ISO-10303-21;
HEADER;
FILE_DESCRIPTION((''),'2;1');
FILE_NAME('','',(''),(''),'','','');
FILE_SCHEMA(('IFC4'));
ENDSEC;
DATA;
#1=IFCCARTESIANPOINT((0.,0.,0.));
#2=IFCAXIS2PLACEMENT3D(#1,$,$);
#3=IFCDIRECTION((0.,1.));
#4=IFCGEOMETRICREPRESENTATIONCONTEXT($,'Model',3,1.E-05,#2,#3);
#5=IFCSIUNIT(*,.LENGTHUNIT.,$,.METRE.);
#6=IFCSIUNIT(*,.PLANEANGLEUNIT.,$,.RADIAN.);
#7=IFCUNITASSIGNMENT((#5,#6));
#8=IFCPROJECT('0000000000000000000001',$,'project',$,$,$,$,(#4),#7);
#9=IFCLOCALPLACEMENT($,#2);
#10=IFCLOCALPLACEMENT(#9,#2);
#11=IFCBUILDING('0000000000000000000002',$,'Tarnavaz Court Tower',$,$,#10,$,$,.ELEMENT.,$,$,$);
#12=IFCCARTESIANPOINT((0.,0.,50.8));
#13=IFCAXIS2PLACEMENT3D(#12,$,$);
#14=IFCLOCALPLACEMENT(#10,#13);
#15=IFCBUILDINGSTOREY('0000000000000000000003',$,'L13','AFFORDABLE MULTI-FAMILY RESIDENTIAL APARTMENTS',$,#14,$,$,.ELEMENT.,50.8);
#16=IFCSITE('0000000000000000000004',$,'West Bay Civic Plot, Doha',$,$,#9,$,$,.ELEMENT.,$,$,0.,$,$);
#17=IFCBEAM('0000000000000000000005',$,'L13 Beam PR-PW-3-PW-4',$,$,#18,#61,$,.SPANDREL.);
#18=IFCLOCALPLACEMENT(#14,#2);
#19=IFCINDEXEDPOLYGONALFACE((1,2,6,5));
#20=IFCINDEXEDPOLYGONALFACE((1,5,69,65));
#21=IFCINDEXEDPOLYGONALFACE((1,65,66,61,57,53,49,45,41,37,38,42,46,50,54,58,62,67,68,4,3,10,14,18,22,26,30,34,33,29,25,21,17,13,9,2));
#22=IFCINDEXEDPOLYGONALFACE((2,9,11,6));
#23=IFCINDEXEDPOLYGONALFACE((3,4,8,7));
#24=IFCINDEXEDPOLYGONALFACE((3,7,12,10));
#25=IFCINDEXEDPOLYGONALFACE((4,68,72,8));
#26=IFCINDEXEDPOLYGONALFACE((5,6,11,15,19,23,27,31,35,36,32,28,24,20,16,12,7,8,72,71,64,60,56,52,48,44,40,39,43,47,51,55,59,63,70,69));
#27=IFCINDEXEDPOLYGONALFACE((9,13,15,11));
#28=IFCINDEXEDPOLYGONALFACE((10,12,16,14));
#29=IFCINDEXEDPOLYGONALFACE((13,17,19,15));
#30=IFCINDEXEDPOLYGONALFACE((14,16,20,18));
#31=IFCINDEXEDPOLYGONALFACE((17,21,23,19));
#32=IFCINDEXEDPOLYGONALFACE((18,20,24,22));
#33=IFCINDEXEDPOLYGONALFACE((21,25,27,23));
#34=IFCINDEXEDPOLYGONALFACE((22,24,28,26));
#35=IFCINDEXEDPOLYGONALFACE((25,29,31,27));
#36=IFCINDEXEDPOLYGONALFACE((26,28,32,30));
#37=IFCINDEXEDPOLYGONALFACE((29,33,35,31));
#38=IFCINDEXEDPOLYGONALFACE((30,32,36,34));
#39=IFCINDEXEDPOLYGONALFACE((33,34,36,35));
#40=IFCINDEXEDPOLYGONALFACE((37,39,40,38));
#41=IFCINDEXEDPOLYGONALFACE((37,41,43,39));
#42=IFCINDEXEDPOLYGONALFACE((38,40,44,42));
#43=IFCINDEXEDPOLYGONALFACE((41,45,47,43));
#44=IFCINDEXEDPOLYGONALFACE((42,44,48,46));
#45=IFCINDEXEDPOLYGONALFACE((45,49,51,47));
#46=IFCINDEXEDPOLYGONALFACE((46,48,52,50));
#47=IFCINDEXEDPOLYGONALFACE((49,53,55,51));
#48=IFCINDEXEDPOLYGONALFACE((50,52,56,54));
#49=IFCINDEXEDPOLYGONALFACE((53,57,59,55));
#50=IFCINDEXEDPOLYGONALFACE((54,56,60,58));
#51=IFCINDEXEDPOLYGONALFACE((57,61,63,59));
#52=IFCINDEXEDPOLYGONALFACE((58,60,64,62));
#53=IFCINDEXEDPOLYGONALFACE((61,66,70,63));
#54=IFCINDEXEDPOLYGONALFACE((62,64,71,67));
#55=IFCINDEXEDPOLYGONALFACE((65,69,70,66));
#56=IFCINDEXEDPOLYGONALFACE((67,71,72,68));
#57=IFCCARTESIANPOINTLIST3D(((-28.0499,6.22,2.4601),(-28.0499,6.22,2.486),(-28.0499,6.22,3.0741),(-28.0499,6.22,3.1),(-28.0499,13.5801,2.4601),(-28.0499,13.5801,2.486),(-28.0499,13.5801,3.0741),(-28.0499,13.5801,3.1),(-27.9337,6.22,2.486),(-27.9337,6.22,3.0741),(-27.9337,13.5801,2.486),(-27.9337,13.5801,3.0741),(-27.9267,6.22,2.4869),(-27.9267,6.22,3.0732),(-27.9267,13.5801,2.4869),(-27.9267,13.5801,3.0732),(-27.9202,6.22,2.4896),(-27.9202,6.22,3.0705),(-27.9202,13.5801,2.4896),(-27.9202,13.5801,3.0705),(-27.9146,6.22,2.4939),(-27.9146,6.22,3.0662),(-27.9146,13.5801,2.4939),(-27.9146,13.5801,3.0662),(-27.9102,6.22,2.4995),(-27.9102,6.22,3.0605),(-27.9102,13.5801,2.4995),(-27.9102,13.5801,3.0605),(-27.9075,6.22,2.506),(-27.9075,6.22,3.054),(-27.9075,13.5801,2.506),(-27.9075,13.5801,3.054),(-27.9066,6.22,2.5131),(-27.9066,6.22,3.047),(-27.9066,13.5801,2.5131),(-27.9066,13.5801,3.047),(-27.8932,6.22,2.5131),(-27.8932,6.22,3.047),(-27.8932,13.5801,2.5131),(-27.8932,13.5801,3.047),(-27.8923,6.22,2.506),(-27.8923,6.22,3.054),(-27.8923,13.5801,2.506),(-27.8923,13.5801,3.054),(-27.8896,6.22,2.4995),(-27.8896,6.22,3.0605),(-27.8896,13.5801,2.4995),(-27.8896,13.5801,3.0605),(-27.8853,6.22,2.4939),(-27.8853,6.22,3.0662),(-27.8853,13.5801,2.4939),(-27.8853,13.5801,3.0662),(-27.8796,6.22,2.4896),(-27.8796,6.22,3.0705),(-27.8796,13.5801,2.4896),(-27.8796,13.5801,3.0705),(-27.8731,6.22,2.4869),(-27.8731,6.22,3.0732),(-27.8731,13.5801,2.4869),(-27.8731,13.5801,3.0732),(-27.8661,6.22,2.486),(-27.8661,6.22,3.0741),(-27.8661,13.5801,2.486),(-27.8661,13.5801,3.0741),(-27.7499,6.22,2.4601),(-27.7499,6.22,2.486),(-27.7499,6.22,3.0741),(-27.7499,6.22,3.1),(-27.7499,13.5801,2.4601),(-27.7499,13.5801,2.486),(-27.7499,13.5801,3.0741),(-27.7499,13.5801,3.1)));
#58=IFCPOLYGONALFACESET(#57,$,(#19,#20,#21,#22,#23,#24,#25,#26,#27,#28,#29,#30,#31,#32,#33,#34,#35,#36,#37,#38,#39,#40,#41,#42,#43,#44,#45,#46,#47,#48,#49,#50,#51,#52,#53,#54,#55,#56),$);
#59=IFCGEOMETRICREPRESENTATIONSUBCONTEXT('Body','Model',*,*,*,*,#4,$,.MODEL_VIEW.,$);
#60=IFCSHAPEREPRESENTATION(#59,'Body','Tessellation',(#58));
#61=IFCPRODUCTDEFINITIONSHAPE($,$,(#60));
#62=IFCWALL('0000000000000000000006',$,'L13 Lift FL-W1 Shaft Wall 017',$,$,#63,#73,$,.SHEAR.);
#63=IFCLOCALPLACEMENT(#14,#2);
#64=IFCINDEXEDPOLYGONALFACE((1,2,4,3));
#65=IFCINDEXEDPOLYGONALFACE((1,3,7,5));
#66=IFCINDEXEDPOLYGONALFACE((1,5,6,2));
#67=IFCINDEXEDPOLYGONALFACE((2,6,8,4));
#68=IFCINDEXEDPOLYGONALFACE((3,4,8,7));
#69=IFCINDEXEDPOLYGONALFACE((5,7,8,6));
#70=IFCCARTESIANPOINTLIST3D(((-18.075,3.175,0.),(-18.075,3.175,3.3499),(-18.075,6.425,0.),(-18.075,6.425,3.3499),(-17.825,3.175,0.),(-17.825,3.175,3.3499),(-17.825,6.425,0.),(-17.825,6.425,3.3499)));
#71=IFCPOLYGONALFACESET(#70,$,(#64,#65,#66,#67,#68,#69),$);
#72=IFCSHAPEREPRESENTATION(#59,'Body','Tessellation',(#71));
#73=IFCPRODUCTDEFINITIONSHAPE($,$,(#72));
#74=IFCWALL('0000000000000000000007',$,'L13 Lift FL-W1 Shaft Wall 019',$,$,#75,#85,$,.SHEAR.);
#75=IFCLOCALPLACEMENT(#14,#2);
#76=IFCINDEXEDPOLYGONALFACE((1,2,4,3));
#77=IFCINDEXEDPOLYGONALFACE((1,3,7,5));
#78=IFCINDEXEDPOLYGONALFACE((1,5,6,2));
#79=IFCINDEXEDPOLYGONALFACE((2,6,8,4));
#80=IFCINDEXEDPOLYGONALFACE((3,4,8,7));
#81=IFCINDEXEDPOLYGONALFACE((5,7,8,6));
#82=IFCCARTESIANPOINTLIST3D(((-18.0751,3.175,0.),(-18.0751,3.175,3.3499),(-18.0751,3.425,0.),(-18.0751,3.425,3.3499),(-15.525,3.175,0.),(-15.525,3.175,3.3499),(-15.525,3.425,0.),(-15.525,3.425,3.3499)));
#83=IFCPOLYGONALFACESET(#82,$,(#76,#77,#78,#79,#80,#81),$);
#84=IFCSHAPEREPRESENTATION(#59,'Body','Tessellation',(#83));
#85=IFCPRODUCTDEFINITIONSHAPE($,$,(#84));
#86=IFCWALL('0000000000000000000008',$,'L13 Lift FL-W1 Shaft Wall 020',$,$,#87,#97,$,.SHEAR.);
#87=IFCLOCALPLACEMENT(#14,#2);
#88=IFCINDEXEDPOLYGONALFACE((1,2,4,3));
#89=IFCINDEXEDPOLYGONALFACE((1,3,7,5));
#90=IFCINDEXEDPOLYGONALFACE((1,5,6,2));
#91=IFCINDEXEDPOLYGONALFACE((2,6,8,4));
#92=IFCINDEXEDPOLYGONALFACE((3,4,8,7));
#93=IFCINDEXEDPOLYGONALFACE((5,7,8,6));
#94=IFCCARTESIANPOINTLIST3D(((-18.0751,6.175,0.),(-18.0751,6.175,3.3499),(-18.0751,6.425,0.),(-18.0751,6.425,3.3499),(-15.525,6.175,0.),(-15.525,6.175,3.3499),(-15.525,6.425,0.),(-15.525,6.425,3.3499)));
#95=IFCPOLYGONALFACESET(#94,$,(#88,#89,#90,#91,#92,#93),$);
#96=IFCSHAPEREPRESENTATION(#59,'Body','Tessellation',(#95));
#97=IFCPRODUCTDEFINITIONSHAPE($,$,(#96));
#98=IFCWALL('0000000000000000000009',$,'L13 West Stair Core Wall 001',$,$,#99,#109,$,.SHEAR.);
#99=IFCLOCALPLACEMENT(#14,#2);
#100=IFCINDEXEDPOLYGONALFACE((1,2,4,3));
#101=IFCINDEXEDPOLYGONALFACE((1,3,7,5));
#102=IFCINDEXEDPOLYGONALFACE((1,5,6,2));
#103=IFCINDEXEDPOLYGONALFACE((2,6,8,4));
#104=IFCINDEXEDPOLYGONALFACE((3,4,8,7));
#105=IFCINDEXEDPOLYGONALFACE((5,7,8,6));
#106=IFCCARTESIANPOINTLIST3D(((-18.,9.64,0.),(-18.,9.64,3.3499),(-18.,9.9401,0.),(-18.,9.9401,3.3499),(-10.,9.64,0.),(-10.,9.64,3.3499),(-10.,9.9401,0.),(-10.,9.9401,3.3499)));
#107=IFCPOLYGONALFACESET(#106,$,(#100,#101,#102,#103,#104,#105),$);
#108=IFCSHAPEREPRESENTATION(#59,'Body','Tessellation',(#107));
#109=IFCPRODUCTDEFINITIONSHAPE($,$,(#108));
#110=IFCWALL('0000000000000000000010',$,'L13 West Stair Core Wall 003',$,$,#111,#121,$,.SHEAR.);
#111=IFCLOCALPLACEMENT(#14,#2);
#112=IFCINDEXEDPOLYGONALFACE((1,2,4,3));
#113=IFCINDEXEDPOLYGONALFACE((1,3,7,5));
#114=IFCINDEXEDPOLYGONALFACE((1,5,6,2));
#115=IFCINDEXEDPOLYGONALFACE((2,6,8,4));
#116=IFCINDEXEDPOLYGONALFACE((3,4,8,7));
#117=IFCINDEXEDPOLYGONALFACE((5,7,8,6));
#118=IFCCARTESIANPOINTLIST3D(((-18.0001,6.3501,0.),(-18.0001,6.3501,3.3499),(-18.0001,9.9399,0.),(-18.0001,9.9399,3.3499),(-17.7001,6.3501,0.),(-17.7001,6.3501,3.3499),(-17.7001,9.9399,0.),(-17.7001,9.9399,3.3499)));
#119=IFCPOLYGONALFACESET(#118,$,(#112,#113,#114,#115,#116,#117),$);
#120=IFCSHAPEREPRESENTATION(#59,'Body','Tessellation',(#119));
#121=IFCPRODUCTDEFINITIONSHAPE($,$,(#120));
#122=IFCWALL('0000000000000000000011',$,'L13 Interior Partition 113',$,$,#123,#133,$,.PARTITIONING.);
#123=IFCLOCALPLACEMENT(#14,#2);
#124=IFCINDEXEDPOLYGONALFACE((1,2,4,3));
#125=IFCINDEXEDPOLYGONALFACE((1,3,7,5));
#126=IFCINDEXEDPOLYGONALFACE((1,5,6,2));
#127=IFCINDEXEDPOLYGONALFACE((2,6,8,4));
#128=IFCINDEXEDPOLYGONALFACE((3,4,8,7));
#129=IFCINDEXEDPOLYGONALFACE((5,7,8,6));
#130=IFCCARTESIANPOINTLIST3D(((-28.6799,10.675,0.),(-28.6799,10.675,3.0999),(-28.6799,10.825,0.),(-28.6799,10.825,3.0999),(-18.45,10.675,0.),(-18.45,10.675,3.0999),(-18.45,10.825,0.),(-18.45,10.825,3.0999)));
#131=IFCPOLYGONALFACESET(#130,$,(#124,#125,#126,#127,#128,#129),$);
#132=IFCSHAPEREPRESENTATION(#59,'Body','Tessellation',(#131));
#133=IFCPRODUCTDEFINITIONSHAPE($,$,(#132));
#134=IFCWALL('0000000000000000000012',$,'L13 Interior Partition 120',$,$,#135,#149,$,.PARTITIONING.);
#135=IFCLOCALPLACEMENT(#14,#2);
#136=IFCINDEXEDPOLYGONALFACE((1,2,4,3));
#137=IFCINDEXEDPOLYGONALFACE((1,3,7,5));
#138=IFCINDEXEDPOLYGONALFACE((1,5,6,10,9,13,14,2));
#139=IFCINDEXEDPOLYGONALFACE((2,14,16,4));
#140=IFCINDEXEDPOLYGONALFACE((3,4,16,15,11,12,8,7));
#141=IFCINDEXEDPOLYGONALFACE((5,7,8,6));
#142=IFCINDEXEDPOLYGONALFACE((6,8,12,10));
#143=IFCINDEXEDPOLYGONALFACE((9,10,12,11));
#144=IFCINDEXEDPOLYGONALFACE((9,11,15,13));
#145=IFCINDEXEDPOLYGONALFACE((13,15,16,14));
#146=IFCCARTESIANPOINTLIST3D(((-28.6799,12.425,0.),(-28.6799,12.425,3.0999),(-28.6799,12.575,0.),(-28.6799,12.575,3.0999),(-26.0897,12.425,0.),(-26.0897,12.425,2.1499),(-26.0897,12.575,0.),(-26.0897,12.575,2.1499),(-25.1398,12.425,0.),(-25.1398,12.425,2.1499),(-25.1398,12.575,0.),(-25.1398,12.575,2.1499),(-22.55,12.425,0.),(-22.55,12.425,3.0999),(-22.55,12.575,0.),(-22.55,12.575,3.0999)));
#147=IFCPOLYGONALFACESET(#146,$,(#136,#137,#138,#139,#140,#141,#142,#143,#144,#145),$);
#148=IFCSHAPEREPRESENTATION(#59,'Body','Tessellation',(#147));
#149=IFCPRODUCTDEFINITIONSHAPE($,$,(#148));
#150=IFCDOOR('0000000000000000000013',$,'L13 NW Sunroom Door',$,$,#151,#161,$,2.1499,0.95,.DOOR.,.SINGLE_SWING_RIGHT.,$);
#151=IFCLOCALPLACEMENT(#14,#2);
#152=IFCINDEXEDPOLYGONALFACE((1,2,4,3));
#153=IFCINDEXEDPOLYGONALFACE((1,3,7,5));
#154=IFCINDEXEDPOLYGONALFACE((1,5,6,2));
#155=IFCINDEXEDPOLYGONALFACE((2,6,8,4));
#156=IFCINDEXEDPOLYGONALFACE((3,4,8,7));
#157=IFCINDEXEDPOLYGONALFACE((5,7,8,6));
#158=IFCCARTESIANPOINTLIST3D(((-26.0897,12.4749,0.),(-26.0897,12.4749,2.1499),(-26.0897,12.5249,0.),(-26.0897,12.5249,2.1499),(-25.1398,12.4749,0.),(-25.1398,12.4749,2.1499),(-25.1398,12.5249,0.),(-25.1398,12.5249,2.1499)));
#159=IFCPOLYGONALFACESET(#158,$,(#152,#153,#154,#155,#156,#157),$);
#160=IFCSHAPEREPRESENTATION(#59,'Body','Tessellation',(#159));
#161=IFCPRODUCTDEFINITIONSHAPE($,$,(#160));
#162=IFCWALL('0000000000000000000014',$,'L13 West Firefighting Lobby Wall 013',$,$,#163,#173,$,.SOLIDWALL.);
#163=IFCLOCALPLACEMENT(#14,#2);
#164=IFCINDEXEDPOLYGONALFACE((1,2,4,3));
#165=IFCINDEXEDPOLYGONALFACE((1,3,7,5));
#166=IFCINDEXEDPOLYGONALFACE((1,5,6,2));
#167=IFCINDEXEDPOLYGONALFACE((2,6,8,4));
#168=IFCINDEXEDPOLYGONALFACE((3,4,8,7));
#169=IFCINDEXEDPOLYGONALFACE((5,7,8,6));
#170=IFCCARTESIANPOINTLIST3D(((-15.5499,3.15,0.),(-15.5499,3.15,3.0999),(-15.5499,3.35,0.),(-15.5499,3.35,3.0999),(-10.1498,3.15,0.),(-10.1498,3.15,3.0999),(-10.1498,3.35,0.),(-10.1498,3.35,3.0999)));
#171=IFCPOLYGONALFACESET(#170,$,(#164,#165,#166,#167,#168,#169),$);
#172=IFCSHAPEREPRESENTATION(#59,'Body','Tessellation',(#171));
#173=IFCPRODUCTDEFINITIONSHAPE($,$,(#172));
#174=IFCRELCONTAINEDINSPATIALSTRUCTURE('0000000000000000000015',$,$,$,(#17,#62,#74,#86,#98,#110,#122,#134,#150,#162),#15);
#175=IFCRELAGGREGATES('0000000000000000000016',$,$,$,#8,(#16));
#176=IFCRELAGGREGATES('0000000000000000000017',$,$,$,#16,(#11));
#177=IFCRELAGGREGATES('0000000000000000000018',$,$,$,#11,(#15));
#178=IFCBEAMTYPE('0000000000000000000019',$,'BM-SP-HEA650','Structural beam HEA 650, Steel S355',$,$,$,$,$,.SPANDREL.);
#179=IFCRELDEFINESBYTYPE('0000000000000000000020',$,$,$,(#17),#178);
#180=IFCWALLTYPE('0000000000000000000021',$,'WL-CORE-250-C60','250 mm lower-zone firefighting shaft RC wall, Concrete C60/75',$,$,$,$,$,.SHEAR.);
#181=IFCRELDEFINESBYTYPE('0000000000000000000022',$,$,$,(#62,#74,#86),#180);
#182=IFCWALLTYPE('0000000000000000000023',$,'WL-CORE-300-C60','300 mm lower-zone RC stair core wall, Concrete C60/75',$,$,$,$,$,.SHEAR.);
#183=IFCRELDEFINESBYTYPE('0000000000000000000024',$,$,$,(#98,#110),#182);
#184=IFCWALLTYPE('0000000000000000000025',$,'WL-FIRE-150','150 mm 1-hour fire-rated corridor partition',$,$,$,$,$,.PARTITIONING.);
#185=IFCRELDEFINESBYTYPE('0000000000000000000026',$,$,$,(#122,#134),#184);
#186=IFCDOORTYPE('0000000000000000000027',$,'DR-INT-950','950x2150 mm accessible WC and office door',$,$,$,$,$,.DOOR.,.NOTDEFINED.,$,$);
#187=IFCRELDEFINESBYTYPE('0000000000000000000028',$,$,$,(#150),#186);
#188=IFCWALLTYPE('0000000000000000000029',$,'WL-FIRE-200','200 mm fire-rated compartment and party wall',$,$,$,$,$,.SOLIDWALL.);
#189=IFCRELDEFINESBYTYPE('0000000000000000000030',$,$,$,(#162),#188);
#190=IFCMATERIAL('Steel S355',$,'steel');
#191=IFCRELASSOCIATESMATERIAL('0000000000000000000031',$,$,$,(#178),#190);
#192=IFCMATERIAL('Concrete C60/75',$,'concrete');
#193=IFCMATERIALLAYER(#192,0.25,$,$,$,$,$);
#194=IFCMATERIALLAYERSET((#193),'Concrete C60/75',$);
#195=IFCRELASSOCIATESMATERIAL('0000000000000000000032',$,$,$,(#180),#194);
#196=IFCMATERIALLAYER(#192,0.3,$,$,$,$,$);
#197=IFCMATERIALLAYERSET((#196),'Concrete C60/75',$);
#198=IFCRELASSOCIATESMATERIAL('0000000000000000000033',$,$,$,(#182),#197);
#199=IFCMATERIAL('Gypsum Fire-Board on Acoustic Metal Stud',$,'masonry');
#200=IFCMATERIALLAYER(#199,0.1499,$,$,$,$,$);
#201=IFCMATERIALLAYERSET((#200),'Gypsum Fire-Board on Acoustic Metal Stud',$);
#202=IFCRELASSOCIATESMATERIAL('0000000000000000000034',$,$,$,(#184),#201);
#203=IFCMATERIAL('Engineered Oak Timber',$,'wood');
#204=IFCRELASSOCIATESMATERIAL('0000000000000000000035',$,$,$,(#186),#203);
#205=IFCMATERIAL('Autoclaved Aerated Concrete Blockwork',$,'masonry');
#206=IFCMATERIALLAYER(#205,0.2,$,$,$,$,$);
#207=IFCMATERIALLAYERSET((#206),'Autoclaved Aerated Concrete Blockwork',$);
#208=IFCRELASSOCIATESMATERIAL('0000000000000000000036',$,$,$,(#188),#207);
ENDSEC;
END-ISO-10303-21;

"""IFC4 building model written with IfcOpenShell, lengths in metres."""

from ifc_helpers import new_model, si_unit, direction, frame, frame_2d, origin, origin_2d, place, context, subcontext, project, spatial, rectangle, i_section, extrude, material, layer, layer_set, material_profile, profile_set, type_object, element, fill, save


model = new_model("IFC4")

# Units and contexts
model_context = context("Model", 3, precision=1e-05, world=origin(), true_north=direction((0.0, 1.0)))
body_context = subcontext(model_context, "Body", "Model", "MODEL_VIEW")
ifc_project = project(units=[si_unit("LENGTHUNIT", "METRE"), si_unit("PLANEANGLEUNIT", "RADIAN")], contexts=[model_context])

# Site, building, storey
site_placement = place(None, origin())
site = spatial("IfcSite", under=ifc_project, at=site_placement, Name="West Bay Civic Plot, Doha", CompositionType="ELEMENT", RefElevation=0.0)
building_placement = place(site_placement, origin())
building = spatial("IfcBuilding", under=site, at=building_placement, Name="Tarnavaz Court Tower", CompositionType="ELEMENT")
storey_placement = place(building_placement, frame((0.0, 0.0, 50.8)))
storey = spatial("IfcBuildingStorey", under=building, at=storey_placement, Name="L13", Description="AFFORDABLE MULTI-FAMILY RESIDENTIAL APARTMENTS", CompositionType="ELEMENT", Elevation=50.8)

# Shared definitions
ifc_material_1 = material(Name="Concrete C60/75", Category="concrete")

# Beam
ifc_material_2 = material(Name="Steel S355", Category="steel")
ifc_material_profile_1 = material_profile(ifc_material_2, i_section(OverallWidth=0.3, OverallDepth=0.6399, WebThickness=0.0134, FlangeThickness=0.0259, FilletRadius=0.0271, at=origin_2d()), Name="HEA 650")
ifc_profile_set_1 = profile_set([ifc_material_profile_1], Name="Steel S355")
beam_type_1 = type_object("IfcBeamType", Name="BM-SP-HEA650", Description="Structural beam HEA 650, Steel S355", PredefinedType="SPANDREL", material=ifc_profile_set_1)
beam_1_placement = place(storey_placement, frame((-27.8999, 6.22, 2.78), z_axis=(0.0, 1.0, 0.0), x_axis=(-1.0, 0.0, 0.0)))
element("IfcBeam", 1, at=beam_1_placement, inside=storey, type_object=beam_type_1, Name="L13 Beam PR-PW-3-PW-4", PredefinedType="SPANDREL", context=body_context, shape_type="SweptSolid", body=[
    extrude(i_section(OverallWidth=0.3, OverallDepth=0.6399, WebThickness=0.0134, FlangeThickness=0.0259, FilletRadius=0.0271, at=origin_2d()), origin(), (0.0, 0.0, 1.0), 7.3601),
])

# Wall
ifc_layer_1 = layer(ifc_material_1, 0.25)
ifc_layer_set_1 = layer_set([ifc_layer_1], Name="Concrete C60/75")
wall_type_1 = type_object("IfcWallType", Name="WL-CORE-250-C60", Description="250 mm lower-zone firefighting shaft RC wall, Concrete C60/75", PredefinedType="SHEAR", material=ifc_layer_set_1)
wall_1_placement = place(storey_placement, frame((-17.95, 3.175, 0.0), z_axis=(0.0, 0.0, 1.0), x_axis=(0.0, 1.0, 0.0)))
element("IfcWall", 2, at=wall_1_placement, inside=storey, type_object=wall_type_1, Name="L13 Lift FL-W1 Shaft Wall 017", PredefinedType="SHEAR", context=body_context, shape_type="SweptSolid", body=[
    extrude(rectangle(XDim=3.25, YDim=0.25, at=frame_2d((1.625, 0.0))), origin(), (0.0, 0.0, 1.0), 3.3499),
])

# Walls
for number, where, z_axis, x_axis, name in (
    (3, (-18.075, 3.3, 0.0), (0.0, 0.0, 1.0), (1.0, 0.0, 0.0), "L13 Lift FL-W1 Shaft Wall 019"),
    (4, (-18.075, 6.3, 0.0), (0.0, 0.0, 1.0), (1.0, 0.0, 0.0), "L13 Lift FL-W1 Shaft Wall 020"),
):
    element("IfcWall", number, at=place(storey_placement, frame(where, z_axis=z_axis, x_axis=x_axis)), inside=storey, type_object=wall_type_1, Name=name, PredefinedType="SHEAR", context=body_context, shape_type="SweptSolid", body=[
        extrude(rectangle(XDim=2.55, YDim=0.25, at=frame_2d((1.2749, 0.0))), origin(), (0.0, 0.0, 1.0), 3.3499),
    ])
ifc_layer_2 = layer(ifc_material_1, 0.3)
ifc_layer_set_2 = layer_set([ifc_layer_2], Name="Concrete C60/75")
wall_type_2 = type_object("IfcWallType", Name="WL-CORE-300-C60", Description="300 mm lower-zone RC stair core wall, Concrete C60/75", PredefinedType="SHEAR", material=ifc_layer_set_2)
wall_2_placement = place(storey_placement, frame((-18.0, 9.79, 0.0), z_axis=(0.0, 0.0, 1.0), x_axis=(1.0, 0.0, 0.0)))
element("IfcWall", 5, at=wall_2_placement, inside=storey, type_object=wall_type_2, Name="L13 West Stair Core Wall 001", PredefinedType="SHEAR", context=body_context, shape_type="SweptSolid", body=[
    extrude(rectangle(XDim=8.0, YDim=0.3, at=frame_2d((4.0, 0.0))), origin(), (0.0, 0.0, 1.0), 3.3499),
])

# Walls
wall_3_placement = place(storey_placement, frame((-17.8501, 6.3501, 0.0), z_axis=(0.0, 0.0, 1.0), x_axis=(0.0, 1.0, 0.0)))
element("IfcWall", 6, at=wall_3_placement, inside=storey, type_object=wall_type_2, Name="L13 West Stair Core Wall 003", PredefinedType="SHEAR", context=body_context, shape_type="SweptSolid", body=[
    extrude(rectangle(XDim=3.5898, YDim=0.3, at=frame_2d((1.7949, 0.0))), origin(), (0.0, 0.0, 1.0), 3.3499),
])
ifc_material_3 = material(Name="Gypsum Fire-Board on Acoustic Metal Stud", Category="masonry")
ifc_layer_3 = layer(ifc_material_3, 0.1499)
ifc_layer_set_3 = layer_set([ifc_layer_3], Name="Gypsum Fire-Board on Acoustic Metal Stud")
wall_type_3 = type_object("IfcWallType", Name="WL-FIRE-150", Description="150 mm 1-hour fire-rated corridor partition", PredefinedType="PARTITIONING", material=ifc_layer_set_3)
wall_4_placement = place(storey_placement, frame((-28.6799, 10.75, 0.0), z_axis=(0.0, 0.0, 1.0), x_axis=(1.0, 0.0, 0.0)))
element("IfcWall", 7, at=wall_4_placement, inside=storey, type_object=wall_type_3, Name="L13 Interior Partition 113", PredefinedType="PARTITIONING", context=body_context, shape_type="SweptSolid", body=[
    extrude(rectangle(XDim=10.23, YDim=0.1499, at=frame_2d((5.115, 0.0))), origin(), (0.0, 0.0, 1.0), 3.0999),
])

# Wall, opening, door
wall_5_placement = place(storey_placement, frame((-28.6799, 12.5, 0.0), z_axis=(0.0, 0.0, 1.0), x_axis=(1.0, 0.0, 0.0)))
wall_5 = element("IfcWall", 8, at=wall_5_placement, inside=storey, type_object=wall_type_3, Name="L13 Interior Partition 120", PredefinedType="PARTITIONING", context=body_context, shape_type="SweptSolid", body=[
    extrude(rectangle(XDim=6.1299, YDim=0.1499, at=frame_2d((3.0649, 0.0))), origin(), (0.0, 0.0, 1.0), 3.0999),
])
opening_1_placement = place(wall_5_placement, frame((2.5901, 0.0, 0.0)))
opening_1 = element("IfcOpeningElement", 9, at=opening_1_placement, cuts=wall_5, PredefinedType="OPENING", context=body_context, shape_type="SweptSolid", body=[
    extrude(rectangle(XDim=0.95, YDim=2.1499, at=frame_2d((0.4751, 1.075))), frame((0.0, 0.085, 0.0), z_axis=(0.0, -1.0, 0.0), x_axis=(1.0, 0.0, 0.0)), (0.0, 0.0, 1.0), 0.1699),
])
ifc_material_4 = material(Name="Engineered Oak Timber", Category="wood")
door_type_1 = type_object("IfcDoorType", Name="DR-INT-950", Description="950x2150 mm accessible WC and office door", OperationType="NOTDEFINED", PredefinedType="DOOR", material=ifc_material_4)
door_1_placement = place(opening_1_placement, origin())
door_1 = element("IfcDoor", 10, at=door_1_placement, inside=storey, type_object=door_type_1, Name="L13 NW Sunroom Door", OperationType="SINGLE_SWING_RIGHT", OverallHeight=2.1499, OverallWidth=0.95, PredefinedType="DOOR", context=body_context, shape_type="SweptSolid", body=[
    extrude(rectangle(XDim=0.95, YDim=2.1499, at=frame_2d((0.4751, 1.075))), frame((0.0, 0.0249, 0.0), z_axis=(0.0, -1.0, 0.0), x_axis=(1.0, 0.0, 0.0)), (0.0, 0.0, 1.0), 0.05),
])
fill(opening_1, door_1)

# Wall
ifc_material_5 = material(Name="Autoclaved Aerated Concrete Blockwork", Category="masonry")
ifc_layer_4 = layer(ifc_material_5, 0.2)
ifc_layer_set_4 = layer_set([ifc_layer_4], Name="Autoclaved Aerated Concrete Blockwork")
wall_type_4 = type_object("IfcWallType", Name="WL-FIRE-200", Description="200 mm fire-rated compartment and party wall", PredefinedType="SOLIDWALL", material=ifc_layer_set_4)
wall_6_placement = place(storey_placement, frame((-15.55, 3.25, 0.0), z_axis=(0.0, 0.0, 1.0), x_axis=(1.0, 0.0, 0.0)))
element("IfcWall", 11, at=wall_6_placement, inside=storey, type_object=wall_type_4, Name="L13 West Firefighting Lobby Wall 013", PredefinedType="SOLIDWALL", context=body_context, shape_type="SweptSolid", body=[
    extrude(rectangle(XDim=5.4001, YDim=0.2, at=frame_2d((2.7002, 0.0))), origin(), (0.0, 0.0, 1.0), 3.0999),
])

save(model, "model.ifc")
